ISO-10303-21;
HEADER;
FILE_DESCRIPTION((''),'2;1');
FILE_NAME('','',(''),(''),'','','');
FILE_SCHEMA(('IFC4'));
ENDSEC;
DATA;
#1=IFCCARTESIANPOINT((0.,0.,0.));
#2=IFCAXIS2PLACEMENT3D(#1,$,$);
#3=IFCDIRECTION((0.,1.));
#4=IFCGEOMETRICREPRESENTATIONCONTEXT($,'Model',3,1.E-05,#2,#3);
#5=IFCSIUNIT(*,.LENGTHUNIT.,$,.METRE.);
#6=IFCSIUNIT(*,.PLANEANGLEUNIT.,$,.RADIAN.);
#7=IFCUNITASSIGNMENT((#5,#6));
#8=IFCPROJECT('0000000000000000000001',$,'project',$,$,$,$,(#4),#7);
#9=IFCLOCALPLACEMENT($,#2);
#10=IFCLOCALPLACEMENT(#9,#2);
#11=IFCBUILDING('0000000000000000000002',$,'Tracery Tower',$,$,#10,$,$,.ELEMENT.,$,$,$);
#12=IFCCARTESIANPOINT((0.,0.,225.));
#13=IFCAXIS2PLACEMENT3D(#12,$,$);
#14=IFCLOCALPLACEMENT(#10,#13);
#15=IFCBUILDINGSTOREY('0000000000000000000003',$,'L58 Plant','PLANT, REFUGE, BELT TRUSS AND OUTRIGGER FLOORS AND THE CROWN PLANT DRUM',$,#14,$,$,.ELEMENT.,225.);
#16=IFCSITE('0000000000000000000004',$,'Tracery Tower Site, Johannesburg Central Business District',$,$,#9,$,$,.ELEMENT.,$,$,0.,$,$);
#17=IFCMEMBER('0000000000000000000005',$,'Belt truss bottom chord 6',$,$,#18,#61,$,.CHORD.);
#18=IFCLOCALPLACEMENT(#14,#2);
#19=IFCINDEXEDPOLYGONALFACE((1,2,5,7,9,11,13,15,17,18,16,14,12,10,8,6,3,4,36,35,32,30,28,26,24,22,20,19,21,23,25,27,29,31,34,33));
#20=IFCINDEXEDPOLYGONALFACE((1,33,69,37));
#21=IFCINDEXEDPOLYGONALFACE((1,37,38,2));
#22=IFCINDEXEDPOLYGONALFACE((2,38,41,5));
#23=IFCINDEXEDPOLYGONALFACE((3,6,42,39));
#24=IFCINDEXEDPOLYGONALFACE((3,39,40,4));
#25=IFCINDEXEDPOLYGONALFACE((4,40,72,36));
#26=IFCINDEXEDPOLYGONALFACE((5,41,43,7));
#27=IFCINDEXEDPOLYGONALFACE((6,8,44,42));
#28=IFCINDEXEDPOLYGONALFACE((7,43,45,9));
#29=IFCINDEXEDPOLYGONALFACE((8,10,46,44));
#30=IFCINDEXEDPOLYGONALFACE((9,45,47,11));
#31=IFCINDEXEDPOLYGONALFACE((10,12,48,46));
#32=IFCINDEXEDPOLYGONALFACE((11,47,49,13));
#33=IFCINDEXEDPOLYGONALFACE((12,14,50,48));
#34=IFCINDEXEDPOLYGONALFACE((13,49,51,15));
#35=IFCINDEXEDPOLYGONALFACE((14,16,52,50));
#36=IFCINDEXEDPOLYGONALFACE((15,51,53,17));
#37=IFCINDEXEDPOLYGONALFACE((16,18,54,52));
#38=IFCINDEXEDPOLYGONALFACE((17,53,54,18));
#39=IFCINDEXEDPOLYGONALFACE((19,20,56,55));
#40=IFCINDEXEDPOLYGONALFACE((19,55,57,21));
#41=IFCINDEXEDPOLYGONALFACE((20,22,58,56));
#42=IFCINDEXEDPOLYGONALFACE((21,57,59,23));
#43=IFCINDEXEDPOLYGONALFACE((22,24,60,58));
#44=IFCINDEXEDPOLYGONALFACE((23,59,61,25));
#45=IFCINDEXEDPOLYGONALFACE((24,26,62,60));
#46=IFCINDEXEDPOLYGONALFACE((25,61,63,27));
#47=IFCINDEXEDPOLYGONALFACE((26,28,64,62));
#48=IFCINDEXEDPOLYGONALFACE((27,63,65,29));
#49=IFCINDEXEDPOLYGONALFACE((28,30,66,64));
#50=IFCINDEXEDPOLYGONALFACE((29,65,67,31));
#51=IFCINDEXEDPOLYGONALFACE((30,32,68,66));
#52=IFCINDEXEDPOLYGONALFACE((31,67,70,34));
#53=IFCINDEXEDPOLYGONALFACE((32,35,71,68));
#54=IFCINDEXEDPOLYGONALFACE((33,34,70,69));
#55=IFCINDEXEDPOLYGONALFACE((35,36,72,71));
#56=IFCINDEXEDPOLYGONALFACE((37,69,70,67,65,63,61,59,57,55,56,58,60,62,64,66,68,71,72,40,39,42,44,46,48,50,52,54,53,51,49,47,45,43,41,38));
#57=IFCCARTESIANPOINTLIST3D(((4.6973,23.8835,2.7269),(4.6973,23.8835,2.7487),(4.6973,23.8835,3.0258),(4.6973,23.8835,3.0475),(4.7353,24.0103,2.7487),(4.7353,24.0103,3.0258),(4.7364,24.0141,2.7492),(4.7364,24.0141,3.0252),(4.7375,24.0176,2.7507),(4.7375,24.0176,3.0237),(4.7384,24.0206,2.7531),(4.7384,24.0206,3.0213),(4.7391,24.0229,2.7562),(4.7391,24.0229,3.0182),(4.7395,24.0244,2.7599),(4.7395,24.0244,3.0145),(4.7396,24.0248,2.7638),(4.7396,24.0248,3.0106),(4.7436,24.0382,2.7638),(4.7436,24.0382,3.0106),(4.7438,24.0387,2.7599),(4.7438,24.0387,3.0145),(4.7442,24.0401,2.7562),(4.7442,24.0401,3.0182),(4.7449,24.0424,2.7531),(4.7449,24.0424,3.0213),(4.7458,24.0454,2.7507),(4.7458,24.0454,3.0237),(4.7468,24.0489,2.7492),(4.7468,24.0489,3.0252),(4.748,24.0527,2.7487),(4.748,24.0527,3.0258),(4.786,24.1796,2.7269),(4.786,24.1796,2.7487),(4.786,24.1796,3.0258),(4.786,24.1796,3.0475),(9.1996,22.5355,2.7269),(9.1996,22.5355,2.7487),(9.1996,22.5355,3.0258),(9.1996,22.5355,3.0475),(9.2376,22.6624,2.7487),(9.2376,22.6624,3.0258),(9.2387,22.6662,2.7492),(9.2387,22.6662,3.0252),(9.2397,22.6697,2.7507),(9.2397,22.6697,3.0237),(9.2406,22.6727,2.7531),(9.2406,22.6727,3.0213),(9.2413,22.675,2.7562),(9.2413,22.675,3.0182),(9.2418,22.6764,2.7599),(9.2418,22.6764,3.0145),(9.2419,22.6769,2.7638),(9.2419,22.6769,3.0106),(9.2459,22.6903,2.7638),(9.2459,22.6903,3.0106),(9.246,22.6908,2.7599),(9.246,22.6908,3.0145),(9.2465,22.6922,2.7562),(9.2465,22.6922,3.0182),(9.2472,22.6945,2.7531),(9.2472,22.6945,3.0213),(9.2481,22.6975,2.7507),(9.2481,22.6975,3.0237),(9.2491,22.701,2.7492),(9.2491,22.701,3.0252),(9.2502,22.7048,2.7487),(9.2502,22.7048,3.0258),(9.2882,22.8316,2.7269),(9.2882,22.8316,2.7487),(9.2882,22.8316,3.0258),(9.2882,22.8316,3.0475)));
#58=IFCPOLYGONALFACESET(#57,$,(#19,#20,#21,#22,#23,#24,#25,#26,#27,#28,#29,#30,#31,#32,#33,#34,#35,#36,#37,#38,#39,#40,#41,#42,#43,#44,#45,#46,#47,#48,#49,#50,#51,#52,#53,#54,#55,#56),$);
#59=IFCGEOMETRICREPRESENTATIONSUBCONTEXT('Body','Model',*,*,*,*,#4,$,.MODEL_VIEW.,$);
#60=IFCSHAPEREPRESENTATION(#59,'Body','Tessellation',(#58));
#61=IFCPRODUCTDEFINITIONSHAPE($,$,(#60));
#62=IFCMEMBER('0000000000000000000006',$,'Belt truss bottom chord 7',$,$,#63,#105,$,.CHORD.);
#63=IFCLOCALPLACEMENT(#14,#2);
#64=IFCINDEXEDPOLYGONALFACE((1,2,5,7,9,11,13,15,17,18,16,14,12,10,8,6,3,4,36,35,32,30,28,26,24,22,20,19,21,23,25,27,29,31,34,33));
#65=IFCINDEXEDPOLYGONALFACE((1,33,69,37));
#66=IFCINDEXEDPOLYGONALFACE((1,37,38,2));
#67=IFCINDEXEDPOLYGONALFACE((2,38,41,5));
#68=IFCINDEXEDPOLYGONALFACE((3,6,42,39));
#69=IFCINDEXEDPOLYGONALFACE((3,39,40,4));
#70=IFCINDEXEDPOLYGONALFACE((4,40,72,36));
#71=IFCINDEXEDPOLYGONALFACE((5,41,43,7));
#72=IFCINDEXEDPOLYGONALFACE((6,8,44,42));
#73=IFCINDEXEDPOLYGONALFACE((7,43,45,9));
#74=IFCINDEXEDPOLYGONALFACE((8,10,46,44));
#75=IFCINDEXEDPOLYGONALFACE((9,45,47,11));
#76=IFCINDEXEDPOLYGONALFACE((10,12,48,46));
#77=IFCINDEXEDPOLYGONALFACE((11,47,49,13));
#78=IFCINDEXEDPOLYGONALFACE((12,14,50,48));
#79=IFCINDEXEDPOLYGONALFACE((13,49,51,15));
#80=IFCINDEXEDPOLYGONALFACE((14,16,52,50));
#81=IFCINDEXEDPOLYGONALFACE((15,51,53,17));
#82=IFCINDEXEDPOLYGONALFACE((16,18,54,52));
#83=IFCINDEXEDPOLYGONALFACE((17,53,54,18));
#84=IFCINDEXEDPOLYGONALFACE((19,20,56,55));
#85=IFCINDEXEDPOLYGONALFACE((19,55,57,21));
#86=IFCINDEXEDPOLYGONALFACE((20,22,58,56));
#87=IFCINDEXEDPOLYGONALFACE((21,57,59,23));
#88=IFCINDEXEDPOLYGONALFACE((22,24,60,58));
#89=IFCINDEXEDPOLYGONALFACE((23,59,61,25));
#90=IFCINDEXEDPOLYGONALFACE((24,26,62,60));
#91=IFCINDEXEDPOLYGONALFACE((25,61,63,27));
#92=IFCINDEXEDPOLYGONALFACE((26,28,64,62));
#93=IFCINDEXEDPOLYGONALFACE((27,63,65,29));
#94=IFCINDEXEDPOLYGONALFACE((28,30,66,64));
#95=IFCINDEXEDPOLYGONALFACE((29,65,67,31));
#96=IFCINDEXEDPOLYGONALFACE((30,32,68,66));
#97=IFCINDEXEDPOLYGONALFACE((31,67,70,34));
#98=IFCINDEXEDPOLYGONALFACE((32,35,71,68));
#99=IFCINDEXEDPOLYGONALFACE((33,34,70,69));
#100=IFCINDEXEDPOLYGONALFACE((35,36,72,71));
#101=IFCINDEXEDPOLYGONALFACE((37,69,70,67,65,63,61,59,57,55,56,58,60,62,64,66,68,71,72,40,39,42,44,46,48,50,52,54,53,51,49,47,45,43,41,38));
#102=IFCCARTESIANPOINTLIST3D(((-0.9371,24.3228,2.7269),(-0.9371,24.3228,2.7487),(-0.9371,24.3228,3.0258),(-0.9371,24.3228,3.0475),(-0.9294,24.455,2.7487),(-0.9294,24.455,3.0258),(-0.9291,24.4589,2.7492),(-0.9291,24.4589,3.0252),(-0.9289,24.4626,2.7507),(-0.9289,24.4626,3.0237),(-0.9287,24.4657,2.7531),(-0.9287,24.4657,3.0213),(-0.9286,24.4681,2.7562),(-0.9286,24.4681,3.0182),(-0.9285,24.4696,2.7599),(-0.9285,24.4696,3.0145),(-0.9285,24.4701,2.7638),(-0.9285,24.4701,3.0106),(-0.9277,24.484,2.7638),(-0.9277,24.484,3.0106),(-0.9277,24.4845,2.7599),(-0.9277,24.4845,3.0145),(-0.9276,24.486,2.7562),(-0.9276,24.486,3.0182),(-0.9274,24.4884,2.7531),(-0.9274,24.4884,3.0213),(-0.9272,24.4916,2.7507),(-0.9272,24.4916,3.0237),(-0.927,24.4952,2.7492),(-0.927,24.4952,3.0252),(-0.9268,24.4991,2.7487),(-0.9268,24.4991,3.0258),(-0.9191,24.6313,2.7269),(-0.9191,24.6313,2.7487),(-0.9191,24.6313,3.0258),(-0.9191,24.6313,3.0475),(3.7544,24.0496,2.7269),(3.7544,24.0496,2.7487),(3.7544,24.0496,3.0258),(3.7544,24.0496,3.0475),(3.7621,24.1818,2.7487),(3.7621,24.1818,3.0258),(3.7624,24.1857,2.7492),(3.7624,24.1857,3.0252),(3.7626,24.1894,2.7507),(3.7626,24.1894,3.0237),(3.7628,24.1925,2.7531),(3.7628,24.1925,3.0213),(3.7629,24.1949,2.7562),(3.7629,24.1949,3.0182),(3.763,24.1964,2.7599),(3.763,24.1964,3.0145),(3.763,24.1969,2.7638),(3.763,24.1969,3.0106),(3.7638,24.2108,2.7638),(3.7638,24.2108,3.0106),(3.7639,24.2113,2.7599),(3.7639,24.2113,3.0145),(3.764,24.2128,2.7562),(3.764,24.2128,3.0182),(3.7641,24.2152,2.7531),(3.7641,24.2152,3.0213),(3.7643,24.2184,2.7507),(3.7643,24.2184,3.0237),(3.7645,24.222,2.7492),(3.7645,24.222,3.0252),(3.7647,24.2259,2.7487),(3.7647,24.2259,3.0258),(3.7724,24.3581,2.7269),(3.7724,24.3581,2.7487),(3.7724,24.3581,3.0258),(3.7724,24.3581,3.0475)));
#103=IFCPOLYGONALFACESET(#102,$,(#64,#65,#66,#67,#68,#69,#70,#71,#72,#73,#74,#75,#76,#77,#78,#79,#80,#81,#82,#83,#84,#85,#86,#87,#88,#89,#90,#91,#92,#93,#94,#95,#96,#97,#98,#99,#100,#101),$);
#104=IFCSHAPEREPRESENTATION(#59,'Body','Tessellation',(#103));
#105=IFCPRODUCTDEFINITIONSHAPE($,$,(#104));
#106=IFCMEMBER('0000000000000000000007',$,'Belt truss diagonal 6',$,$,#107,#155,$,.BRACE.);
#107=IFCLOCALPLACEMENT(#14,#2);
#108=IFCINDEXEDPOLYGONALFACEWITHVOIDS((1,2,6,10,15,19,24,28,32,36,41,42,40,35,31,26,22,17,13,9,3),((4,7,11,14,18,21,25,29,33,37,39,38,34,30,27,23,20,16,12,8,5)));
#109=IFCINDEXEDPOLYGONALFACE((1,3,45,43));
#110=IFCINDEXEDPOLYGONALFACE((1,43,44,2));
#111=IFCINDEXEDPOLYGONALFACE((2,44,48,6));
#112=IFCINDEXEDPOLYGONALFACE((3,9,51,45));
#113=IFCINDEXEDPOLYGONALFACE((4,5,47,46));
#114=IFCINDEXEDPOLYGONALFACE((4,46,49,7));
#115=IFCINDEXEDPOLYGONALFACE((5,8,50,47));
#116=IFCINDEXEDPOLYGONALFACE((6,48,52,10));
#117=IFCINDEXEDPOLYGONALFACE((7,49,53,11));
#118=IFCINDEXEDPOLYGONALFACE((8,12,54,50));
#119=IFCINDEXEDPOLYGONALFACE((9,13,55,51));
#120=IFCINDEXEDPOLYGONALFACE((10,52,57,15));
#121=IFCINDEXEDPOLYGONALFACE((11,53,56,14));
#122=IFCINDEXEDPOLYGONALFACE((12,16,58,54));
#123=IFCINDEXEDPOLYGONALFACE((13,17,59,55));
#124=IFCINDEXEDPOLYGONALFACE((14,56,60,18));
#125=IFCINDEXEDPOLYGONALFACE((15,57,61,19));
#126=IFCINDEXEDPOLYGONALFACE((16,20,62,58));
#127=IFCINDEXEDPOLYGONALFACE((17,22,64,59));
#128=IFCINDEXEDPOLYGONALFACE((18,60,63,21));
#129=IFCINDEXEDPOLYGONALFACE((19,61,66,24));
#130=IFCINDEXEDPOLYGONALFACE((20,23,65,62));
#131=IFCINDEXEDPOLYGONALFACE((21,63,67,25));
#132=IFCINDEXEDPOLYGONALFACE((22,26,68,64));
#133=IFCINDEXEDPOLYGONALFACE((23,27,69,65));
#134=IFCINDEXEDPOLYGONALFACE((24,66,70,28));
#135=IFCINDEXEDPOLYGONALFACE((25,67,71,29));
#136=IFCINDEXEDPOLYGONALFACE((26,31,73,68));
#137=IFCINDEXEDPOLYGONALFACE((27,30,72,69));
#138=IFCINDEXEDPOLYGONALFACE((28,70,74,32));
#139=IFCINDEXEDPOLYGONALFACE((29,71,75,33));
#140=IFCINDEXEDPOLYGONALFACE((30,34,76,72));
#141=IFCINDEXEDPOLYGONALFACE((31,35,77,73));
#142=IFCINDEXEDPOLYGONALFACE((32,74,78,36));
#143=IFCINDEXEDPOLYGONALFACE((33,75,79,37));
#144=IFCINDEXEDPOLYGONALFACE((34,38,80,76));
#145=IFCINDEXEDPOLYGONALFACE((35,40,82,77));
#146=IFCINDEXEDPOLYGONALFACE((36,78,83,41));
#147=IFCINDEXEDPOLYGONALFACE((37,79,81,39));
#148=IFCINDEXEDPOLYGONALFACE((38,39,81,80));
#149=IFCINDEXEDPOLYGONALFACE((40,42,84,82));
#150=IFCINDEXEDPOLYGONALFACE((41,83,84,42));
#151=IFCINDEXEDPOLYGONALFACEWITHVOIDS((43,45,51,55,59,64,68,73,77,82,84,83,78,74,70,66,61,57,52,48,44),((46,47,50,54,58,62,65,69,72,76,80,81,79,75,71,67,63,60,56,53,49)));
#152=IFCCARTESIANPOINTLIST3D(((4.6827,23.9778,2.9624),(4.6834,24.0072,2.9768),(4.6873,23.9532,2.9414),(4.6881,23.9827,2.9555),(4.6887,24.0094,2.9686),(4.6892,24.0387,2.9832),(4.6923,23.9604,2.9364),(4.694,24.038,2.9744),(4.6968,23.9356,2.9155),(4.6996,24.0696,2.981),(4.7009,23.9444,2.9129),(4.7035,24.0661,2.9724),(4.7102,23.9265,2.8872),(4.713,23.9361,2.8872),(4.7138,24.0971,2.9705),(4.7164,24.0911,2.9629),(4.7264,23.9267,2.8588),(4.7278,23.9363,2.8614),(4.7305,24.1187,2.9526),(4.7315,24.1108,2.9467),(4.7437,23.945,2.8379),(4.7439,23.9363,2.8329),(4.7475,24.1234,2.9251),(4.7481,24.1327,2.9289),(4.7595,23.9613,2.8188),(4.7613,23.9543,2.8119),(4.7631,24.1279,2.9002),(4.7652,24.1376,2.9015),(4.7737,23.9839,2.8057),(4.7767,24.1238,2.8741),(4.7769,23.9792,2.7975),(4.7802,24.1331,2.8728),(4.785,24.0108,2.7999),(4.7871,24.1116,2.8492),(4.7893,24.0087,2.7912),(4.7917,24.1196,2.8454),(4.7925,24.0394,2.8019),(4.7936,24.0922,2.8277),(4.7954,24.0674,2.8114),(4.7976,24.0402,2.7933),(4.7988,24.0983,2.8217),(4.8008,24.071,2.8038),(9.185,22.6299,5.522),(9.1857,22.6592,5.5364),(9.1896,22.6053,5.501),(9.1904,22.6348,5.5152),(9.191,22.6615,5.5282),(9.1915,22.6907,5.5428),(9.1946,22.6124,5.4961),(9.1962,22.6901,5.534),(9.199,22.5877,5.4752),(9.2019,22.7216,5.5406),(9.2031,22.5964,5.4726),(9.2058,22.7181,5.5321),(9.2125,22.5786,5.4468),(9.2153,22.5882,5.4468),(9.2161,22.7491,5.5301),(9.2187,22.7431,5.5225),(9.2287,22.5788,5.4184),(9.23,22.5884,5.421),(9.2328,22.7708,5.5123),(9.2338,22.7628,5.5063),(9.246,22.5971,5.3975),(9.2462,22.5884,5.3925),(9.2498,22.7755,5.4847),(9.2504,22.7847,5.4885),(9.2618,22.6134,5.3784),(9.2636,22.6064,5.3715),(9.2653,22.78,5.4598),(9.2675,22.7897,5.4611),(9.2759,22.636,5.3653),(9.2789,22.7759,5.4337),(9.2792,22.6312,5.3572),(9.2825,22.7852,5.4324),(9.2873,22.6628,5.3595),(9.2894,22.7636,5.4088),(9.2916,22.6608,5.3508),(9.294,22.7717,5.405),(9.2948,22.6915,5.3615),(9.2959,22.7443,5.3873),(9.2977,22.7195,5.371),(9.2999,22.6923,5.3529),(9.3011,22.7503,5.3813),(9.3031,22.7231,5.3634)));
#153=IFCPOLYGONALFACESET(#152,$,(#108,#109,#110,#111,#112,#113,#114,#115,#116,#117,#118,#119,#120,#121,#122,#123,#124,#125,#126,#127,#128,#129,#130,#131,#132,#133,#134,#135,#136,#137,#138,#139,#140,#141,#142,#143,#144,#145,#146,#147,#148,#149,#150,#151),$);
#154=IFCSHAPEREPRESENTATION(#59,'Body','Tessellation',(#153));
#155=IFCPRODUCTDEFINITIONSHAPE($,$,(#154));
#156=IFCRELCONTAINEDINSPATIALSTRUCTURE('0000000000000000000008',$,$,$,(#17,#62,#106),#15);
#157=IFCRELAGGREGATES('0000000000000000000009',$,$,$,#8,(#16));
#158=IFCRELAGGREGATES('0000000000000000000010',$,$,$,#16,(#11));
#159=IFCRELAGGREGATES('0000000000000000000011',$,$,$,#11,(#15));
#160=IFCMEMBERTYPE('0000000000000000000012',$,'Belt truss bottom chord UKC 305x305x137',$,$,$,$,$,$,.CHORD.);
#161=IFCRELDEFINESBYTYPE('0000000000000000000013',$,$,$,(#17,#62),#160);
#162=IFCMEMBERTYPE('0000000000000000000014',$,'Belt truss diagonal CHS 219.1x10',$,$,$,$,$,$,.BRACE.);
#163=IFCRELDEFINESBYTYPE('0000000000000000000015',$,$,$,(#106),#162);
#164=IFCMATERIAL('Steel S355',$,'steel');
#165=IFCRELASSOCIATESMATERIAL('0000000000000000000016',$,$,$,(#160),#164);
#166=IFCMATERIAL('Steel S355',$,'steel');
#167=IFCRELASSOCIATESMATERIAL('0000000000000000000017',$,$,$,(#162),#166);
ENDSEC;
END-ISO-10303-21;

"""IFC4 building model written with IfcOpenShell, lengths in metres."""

from ifc_helpers import new_model, si_unit, direction, frame, origin, origin_2d, place, context, subcontext, project, spatial, hollow_circle, i_section, extrude, material, material_profile, profile_set, type_object, element, save


model = new_model("IFC4")

# Units and contexts
model_context = context("Model", 3, precision=1e-05, world=origin(), true_north=direction((0.0, 1.0)))
body_context = subcontext(model_context, "Body", "Model", "MODEL_VIEW")
ifc_project = project(units=[si_unit("LENGTHUNIT", "METRE"), si_unit("PLANEANGLEUNIT", "RADIAN")], contexts=[model_context])

# Site, building, storey
site_placement = place(None, origin())
site = spatial("IfcSite", under=ifc_project, at=site_placement, Name="Tracery Tower Site, Johannesburg Central Business District", CompositionType="ELEMENT", RefElevation=0.0)
building_placement = place(site_placement, origin())
building = spatial("IfcBuilding", under=site, at=building_placement, Name="Tracery Tower", CompositionType="ELEMENT")
storey_placement = place(building_placement, frame((0.0, 0.0, 225.0)))
storey = spatial("IfcBuildingStorey", under=building, at=storey_placement, Name="L58 Plant", Description="PLANT, REFUGE, BELT TRUSS AND OUTRIGGER FLOORS AND THE CROWN PLANT DRUM", CompositionType="ELEMENT", Elevation=225.0)

# Members
ifc_material_1 = material(Name="Steel S355", Category="steel")
ifc_material_profile_1 = material_profile(ifc_material_1, i_section(OverallWidth=0.3091, OverallDepth=0.3206, WebThickness=0.0139, FlangeThickness=0.0217, FilletRadius=0.0151, at=origin_2d()), Name="UKC 305x305x137")
ifc_profile_set_1 = profile_set([ifc_material_profile_1], Name="Steel S355")
member_type_1 = type_object("IfcMemberType", Name="Belt truss bottom chord UKC 305x305x137", PredefinedType="CHORD", material=ifc_profile_set_1)
member_1_placement = place(storey_placement, frame((9.2439, 22.6836, 2.8872), z_axis=(-0.957988, 0.286809, 0.0), x_axis=(-0.286809, -0.957988, 0.0)))
element("IfcMember", 1, at=member_1_placement, inside=storey, type_object=member_type_1, Name="Belt truss bottom chord 6", PredefinedType="CHORD", context=body_context, shape_type="SweptSolid", body=[
    extrude(i_section(OverallWidth=0.3091, OverallDepth=0.3206, WebThickness=0.0139, FlangeThickness=0.0217, FilletRadius=0.0151, at=origin_2d()), origin(), (0.0, 0.0, 1.0), 4.6997),
])
member_2_placement = place(storey_placement, frame((3.7634, 24.2039, 2.8872), z_axis=(-0.998309, 0.058134, 0.0), x_axis=(-0.058134, -0.998309, 0.0)))
element("IfcMember", 2, at=member_2_placement, inside=storey, type_object=member_type_1, Name="Belt truss bottom chord 7", PredefinedType="CHORD", context=body_context, shape_type="SweptSolid", body=[
    extrude(i_section(OverallWidth=0.3091, OverallDepth=0.3206, WebThickness=0.0139, FlangeThickness=0.0217, FilletRadius=0.0151, at=origin_2d()), origin(), (0.0, 0.0, 1.0), 4.6995),
])
ifc_material_2 = material(Name="Steel S355", Category="steel")
ifc_material_profile_2 = material_profile(ifc_material_2, hollow_circle(Radius=0.1096, WallThickness=0.01, at=origin_2d()), Name="CHS 219.1x10")
ifc_profile_set_2 = profile_set([ifc_material_profile_2], Name="Steel S355")
member_type_2 = type_object("IfcMemberType", Name="Belt truss diagonal CHS 219.1x10", PredefinedType="BRACE", material=ifc_profile_set_2)
member_3_placement = place(storey_placement, frame((9.2439, 22.6836, 5.4468), z_axis=(-0.841304, 0.251876, -0.478295), x_axis=(-0.286809, -0.957988, 0.0)))
element("IfcMember", 3, at=member_3_placement, inside=storey, type_object=member_type_2, Name="Belt truss diagonal 6", PredefinedType="BRACE", context=body_context, shape_type="SweptSolid", body=[
    extrude(hollow_circle(Radius=0.1096, WallThickness=0.01, at=origin_2d()), origin(), (0.0, 0.0, 1.0), 5.3516),
])

save(model, "model.ifc")
